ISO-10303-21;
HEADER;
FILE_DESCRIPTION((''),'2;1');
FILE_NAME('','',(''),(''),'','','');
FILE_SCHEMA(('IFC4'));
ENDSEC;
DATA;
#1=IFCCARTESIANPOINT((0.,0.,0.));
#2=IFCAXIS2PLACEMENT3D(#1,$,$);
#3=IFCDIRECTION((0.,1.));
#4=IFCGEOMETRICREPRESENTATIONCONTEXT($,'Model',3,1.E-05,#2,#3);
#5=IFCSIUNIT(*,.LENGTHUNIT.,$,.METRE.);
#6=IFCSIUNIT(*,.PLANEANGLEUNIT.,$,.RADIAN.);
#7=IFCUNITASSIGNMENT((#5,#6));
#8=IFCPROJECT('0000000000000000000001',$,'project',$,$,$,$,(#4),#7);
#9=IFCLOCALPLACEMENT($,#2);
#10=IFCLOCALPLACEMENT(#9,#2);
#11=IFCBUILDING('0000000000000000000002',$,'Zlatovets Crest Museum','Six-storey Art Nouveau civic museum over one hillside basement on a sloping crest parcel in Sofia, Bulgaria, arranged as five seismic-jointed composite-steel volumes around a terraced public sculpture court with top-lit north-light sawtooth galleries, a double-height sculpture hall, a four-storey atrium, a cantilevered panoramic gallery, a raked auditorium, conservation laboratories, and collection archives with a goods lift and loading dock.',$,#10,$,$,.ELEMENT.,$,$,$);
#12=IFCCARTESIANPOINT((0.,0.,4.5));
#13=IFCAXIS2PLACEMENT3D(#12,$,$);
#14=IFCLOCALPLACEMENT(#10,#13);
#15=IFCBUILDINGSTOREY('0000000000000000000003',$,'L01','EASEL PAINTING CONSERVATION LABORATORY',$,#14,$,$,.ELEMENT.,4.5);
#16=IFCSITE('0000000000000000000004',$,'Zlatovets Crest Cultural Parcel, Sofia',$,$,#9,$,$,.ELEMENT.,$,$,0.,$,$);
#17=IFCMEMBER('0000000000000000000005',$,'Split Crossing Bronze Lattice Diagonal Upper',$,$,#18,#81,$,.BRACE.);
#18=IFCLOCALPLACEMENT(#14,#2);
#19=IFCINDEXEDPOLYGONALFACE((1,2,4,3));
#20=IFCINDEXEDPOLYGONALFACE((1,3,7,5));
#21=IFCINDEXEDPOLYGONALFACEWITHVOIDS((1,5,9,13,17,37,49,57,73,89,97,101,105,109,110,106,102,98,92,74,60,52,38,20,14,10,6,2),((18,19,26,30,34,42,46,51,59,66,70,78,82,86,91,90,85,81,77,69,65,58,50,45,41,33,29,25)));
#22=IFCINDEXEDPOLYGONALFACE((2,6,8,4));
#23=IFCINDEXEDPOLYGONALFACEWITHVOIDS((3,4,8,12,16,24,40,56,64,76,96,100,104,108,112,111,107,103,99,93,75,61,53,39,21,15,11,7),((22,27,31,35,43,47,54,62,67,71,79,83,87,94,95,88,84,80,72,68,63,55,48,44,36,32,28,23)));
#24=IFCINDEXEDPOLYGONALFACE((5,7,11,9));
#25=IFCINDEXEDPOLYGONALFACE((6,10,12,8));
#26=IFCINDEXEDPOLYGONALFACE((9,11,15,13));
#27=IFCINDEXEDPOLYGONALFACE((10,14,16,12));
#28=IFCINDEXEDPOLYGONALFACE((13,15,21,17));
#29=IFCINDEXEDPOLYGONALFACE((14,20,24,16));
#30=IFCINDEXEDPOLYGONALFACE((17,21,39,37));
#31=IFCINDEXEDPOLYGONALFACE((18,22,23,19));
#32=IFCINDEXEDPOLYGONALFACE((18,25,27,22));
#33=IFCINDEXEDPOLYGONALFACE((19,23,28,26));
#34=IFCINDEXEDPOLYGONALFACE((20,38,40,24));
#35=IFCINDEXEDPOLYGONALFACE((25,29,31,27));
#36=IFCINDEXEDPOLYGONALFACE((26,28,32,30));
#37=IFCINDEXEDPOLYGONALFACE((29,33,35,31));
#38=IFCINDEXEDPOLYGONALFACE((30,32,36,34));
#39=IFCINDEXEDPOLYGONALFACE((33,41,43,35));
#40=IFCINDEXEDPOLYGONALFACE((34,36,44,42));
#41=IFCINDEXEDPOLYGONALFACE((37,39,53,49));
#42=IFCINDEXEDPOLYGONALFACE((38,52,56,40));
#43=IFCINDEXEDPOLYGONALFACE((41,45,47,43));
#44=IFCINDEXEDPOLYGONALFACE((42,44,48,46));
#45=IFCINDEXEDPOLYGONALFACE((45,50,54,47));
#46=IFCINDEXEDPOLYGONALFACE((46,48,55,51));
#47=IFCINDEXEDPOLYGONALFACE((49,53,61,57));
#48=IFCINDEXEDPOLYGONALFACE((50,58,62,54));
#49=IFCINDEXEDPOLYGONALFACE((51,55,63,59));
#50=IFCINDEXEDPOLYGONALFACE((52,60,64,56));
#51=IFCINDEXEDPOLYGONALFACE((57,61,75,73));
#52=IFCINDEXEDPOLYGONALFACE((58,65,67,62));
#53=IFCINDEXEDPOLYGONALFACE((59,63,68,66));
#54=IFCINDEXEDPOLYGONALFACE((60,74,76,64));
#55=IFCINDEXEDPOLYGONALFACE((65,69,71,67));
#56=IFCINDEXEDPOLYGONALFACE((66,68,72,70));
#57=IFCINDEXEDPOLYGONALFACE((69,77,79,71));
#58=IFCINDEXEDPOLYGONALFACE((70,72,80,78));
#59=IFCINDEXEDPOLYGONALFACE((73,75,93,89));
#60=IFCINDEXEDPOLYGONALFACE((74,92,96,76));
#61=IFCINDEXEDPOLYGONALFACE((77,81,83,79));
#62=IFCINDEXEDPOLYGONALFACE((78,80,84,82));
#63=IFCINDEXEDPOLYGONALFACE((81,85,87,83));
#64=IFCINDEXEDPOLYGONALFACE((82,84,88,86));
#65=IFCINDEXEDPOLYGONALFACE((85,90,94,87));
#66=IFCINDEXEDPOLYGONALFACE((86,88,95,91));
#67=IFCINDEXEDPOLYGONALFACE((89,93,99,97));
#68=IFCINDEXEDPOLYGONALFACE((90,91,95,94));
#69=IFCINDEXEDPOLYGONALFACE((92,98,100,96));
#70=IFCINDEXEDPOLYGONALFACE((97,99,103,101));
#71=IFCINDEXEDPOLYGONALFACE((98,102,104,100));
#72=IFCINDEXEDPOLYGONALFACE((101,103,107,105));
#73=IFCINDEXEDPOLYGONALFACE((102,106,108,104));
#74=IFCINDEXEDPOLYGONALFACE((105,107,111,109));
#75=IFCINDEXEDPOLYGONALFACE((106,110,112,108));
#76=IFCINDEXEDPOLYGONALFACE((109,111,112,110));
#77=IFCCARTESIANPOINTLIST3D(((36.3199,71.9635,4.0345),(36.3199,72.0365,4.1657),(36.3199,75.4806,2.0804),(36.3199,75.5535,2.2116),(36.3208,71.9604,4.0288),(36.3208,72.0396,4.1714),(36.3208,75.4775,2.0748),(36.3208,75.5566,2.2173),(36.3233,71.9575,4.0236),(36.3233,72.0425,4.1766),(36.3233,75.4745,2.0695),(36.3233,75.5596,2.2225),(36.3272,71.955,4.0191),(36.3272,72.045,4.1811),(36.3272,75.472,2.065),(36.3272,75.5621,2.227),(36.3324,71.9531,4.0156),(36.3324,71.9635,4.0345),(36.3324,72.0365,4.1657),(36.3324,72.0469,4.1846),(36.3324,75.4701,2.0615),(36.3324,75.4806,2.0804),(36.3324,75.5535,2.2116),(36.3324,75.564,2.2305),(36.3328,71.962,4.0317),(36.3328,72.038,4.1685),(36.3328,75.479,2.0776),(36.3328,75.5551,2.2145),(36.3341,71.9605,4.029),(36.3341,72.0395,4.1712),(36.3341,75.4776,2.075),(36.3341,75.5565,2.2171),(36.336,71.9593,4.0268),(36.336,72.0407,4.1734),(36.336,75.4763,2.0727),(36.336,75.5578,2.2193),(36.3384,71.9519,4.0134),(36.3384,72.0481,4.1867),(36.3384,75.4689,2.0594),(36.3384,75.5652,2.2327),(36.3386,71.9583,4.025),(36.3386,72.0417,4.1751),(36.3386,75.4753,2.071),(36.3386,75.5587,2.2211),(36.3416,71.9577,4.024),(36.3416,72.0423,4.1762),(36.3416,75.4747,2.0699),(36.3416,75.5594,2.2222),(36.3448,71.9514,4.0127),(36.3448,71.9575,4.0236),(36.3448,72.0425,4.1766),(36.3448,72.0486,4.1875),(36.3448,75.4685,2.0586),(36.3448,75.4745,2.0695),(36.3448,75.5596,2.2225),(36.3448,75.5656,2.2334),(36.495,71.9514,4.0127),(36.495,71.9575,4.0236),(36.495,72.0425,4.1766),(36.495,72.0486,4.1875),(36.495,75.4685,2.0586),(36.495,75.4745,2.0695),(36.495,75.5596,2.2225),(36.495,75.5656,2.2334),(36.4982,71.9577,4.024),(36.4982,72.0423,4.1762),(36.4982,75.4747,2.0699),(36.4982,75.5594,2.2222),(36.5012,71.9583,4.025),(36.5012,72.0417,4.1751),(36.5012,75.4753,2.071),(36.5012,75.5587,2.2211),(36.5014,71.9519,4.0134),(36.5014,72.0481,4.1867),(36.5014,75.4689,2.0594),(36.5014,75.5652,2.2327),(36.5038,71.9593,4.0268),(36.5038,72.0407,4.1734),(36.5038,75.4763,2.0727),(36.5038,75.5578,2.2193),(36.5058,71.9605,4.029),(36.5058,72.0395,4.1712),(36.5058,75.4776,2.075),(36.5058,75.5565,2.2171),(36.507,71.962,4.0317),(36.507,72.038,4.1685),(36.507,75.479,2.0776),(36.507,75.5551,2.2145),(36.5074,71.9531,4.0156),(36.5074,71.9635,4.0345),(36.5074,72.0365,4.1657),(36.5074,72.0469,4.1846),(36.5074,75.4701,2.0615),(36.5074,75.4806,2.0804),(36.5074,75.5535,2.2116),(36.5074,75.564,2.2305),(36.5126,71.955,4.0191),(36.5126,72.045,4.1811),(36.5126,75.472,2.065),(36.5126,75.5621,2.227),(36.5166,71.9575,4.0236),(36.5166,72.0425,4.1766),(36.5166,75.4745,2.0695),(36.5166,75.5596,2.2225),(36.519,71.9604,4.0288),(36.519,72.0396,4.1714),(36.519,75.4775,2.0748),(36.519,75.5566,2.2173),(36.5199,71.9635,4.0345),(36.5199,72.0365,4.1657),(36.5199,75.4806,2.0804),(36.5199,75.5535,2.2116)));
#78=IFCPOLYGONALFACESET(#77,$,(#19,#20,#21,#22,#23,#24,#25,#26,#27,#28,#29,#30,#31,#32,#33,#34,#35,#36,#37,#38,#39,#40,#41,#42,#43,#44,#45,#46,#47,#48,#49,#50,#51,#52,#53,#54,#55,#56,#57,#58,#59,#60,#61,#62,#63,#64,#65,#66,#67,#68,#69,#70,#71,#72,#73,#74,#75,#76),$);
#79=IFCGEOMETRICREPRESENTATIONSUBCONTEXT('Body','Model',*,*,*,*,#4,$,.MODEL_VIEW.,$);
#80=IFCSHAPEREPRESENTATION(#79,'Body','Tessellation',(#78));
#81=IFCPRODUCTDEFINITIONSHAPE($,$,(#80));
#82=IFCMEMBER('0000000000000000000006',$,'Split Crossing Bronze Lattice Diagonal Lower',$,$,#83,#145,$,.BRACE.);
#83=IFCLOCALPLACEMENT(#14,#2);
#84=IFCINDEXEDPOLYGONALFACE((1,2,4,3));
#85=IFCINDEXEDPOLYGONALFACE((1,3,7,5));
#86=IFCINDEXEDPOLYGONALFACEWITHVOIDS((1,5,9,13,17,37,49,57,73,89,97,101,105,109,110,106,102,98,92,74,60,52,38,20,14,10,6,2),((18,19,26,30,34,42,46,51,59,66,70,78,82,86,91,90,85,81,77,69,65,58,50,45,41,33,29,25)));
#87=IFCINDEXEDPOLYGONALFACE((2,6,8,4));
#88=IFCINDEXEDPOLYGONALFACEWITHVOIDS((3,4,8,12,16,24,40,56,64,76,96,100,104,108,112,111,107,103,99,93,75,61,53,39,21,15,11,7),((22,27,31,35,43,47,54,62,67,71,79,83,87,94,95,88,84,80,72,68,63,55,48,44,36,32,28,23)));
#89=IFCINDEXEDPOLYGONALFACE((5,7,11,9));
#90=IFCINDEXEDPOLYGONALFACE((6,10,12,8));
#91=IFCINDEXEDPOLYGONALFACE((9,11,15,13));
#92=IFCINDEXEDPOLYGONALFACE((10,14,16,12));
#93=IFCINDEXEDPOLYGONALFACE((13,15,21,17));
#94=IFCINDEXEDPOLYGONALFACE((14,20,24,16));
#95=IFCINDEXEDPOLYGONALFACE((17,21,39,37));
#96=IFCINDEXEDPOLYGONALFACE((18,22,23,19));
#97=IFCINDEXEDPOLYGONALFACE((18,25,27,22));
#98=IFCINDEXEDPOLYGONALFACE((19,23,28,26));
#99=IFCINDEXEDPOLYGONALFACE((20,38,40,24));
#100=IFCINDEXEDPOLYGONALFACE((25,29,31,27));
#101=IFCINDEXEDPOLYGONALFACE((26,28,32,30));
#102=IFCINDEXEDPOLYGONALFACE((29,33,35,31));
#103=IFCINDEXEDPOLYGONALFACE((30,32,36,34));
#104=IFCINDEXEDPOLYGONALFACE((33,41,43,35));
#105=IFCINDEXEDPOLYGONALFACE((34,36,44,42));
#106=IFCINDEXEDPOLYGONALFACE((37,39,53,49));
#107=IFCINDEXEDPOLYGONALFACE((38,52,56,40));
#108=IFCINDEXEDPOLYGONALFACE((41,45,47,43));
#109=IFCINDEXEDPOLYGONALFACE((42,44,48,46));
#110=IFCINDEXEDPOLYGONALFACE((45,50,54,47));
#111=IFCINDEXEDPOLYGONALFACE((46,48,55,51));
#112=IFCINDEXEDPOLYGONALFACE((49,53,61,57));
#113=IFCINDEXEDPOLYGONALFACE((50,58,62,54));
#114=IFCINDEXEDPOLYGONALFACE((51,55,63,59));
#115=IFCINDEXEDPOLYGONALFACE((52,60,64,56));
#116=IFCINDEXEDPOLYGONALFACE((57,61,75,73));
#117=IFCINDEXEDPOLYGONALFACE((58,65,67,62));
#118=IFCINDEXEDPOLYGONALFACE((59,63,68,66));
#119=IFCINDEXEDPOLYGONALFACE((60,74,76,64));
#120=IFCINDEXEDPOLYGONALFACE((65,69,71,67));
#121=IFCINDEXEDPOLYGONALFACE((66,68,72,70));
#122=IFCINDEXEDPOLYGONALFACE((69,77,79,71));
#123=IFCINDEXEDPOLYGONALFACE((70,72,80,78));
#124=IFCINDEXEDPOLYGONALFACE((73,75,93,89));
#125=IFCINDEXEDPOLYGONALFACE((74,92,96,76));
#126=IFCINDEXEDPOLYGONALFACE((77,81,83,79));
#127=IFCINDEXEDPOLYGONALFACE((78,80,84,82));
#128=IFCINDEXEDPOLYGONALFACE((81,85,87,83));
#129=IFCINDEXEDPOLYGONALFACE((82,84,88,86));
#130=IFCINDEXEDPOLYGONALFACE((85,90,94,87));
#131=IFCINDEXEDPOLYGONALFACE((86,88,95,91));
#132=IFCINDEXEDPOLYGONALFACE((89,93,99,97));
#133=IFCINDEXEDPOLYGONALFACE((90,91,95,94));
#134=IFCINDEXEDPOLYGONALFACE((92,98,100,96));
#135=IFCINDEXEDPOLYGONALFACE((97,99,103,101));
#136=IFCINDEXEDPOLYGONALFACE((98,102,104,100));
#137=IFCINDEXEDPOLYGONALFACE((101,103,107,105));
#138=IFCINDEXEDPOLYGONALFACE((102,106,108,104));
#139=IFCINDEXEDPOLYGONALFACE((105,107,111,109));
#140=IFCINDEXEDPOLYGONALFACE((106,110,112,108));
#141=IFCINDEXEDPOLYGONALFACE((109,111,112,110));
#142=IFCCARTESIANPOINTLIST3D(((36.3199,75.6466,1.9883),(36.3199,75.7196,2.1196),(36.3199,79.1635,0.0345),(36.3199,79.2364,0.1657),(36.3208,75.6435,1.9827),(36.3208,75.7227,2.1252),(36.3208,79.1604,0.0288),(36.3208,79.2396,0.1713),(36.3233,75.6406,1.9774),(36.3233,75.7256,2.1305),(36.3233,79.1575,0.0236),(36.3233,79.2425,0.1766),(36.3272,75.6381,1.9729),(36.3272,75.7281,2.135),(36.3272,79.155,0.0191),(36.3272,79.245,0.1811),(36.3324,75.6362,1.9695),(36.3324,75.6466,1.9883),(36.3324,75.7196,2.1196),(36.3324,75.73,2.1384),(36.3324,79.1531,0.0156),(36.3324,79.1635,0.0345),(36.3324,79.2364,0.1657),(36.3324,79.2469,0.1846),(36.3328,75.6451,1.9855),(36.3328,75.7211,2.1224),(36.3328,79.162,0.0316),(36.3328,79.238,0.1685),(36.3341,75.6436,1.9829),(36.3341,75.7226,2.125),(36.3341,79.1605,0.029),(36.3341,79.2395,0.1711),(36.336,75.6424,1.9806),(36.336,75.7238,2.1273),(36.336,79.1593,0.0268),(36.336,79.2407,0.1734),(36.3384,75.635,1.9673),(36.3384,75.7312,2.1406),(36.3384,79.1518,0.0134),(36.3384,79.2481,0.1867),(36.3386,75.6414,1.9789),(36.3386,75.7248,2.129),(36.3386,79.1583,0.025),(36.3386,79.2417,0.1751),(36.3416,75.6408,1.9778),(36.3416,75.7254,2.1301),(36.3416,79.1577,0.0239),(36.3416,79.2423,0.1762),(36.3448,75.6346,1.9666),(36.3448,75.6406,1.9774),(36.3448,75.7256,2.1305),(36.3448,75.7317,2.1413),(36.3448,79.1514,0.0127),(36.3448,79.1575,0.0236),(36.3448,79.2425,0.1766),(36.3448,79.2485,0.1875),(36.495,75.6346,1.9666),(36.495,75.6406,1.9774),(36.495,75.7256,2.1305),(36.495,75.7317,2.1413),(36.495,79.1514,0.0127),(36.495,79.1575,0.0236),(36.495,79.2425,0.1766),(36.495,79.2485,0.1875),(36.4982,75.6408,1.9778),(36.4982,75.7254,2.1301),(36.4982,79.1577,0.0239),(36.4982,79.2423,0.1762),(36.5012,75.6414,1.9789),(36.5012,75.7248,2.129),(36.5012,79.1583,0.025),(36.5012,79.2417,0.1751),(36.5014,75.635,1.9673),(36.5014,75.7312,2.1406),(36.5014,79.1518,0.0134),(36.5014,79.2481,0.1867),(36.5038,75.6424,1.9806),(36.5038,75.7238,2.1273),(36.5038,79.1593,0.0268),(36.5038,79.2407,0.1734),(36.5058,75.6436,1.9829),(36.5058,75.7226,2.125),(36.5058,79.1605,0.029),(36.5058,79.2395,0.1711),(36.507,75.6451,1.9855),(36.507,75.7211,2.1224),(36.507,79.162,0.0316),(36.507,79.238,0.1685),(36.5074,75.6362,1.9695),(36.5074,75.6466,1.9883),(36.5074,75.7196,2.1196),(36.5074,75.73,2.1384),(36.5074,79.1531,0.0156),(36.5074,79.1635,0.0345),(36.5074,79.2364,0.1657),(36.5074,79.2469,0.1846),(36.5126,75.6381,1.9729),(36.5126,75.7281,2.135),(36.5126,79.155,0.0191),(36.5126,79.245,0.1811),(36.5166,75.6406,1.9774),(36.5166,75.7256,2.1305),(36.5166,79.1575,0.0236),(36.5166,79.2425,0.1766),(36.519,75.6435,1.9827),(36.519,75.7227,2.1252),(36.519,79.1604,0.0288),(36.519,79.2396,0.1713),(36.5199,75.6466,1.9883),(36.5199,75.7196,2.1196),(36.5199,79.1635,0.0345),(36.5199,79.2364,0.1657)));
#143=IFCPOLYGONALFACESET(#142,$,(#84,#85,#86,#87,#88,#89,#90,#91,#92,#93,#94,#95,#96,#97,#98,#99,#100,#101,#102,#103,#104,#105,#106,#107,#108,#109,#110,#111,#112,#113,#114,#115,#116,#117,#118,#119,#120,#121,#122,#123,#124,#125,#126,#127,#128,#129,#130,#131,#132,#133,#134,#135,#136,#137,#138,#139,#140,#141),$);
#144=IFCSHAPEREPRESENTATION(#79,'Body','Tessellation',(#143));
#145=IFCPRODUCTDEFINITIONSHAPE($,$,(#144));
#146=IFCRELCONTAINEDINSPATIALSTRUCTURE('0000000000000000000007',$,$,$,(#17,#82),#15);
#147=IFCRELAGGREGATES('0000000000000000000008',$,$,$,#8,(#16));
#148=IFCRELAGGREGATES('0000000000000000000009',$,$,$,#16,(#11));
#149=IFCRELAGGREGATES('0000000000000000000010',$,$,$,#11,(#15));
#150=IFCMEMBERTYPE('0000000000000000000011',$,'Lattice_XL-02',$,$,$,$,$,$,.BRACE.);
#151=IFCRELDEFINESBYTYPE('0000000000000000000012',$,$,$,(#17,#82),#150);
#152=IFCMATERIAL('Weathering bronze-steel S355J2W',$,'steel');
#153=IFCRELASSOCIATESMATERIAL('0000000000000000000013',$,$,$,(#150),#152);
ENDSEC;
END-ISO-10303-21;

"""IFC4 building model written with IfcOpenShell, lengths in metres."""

from ifc_helpers import new_model, si_unit, direction, frame, origin, origin_2d, place, context, subcontext, project, spatial, hollow_rectangle, extrude, material, material_profile, profile_set, type_object, element, save


model = new_model("IFC4")

# Units and contexts
model_context = context("Model", 3, precision=1e-05, world=origin(), true_north=direction((0.0, 1.0)))
body_context = subcontext(model_context, "Body", "Model", "MODEL_VIEW")
ifc_project = project(units=[si_unit("LENGTHUNIT", "METRE"), si_unit("PLANEANGLEUNIT", "RADIAN")], contexts=[model_context])

# Site, building, storey
site_placement = place(None, origin())
site = spatial("IfcSite", under=ifc_project, at=site_placement, Name="Zlatovets Crest Cultural Parcel, Sofia", CompositionType="ELEMENT", RefElevation=0.0)
building_placement = place(site_placement, origin())
building = spatial("IfcBuilding", under=site, at=building_placement, Name="Zlatovets Crest Museum", Description="Six-storey Art Nouveau civic museum over one hillside basement on a sloping crest parcel in Sofia, Bulgaria, arranged as five seismic-jointed composite-steel volumes around a terraced public sculpture court with top-lit north-light sawtooth galleries, a double-height sculpture hall, a four-storey atrium, a cantilevered panoramic gallery, a raked auditorium, conservation laboratories, and collection archives with a goods lift and loading dock.", CompositionType="ELEMENT")
storey_placement = place(building_placement, frame((0.0, 0.0, 4.5)))
storey = spatial("IfcBuildingStorey", under=building, at=storey_placement, Name="L01", Description="EASEL PAINTING CONSERVATION LABORATORY", CompositionType="ELEMENT", Elevation=4.5)

# Members
ifc_material_1 = material(Name="Weathering bronze-steel S355J2W", Category="steel")
ifc_material_profile_1 = material_profile(ifc_material_1, hollow_rectangle(XDim=0.2, YDim=0.2, WallThickness=0.0125, InnerFilletRadius=0.0125, OuterFilletRadius=0.0249, at=origin_2d()), Name="SHS 200x200x12.5")
ifc_profile_set_1 = profile_set([ifc_material_profile_1], Name="Weathering bronze-steel S355J2W")
member_type_1 = type_object("IfcMemberType", Name="Lattice_XL-02", PredefinedType="BRACE", material=ifc_profile_set_1)
member_1_placement = place(storey_placement, frame((36.4199, 72.0, 4.1001), z_axis=(0.0, 0.87414, -0.485674), x_axis=(-1.0, 0.0, 0.0)))
element("IfcMember", 1, at=member_1_placement, inside=storey, type_object=member_type_1, Name="Split Crossing Bronze Lattice Diagonal Upper", PredefinedType="BRACE", context=body_context, shape_type="SweptSolid", body=[
    extrude(hollow_rectangle(XDim=0.2, YDim=0.2, WallThickness=0.0125, InnerFilletRadius=0.0125, OuterFilletRadius=0.0249, at=origin_2d()), origin(), (0.0, 0.0, 1.0), 4.0234),
])
member_2_placement = place(storey_placement, frame((36.4199, 75.6831, 2.054), z_axis=(0.0, 0.874152, -0.485653), x_axis=(-1.0, 0.0, 0.0)))
element("IfcMember", 2, at=member_2_placement, inside=storey, type_object=member_type_1, Name="Split Crossing Bronze Lattice Diagonal Lower", PredefinedType="BRACE", context=body_context, shape_type="SweptSolid", body=[
    extrude(hollow_rectangle(XDim=0.2, YDim=0.2, WallThickness=0.0125, InnerFilletRadius=0.0125, OuterFilletRadius=0.0249, at=origin_2d()), origin(), (0.0, 0.0, 1.0), 4.0232),
])

save(model, "model.ifc")
